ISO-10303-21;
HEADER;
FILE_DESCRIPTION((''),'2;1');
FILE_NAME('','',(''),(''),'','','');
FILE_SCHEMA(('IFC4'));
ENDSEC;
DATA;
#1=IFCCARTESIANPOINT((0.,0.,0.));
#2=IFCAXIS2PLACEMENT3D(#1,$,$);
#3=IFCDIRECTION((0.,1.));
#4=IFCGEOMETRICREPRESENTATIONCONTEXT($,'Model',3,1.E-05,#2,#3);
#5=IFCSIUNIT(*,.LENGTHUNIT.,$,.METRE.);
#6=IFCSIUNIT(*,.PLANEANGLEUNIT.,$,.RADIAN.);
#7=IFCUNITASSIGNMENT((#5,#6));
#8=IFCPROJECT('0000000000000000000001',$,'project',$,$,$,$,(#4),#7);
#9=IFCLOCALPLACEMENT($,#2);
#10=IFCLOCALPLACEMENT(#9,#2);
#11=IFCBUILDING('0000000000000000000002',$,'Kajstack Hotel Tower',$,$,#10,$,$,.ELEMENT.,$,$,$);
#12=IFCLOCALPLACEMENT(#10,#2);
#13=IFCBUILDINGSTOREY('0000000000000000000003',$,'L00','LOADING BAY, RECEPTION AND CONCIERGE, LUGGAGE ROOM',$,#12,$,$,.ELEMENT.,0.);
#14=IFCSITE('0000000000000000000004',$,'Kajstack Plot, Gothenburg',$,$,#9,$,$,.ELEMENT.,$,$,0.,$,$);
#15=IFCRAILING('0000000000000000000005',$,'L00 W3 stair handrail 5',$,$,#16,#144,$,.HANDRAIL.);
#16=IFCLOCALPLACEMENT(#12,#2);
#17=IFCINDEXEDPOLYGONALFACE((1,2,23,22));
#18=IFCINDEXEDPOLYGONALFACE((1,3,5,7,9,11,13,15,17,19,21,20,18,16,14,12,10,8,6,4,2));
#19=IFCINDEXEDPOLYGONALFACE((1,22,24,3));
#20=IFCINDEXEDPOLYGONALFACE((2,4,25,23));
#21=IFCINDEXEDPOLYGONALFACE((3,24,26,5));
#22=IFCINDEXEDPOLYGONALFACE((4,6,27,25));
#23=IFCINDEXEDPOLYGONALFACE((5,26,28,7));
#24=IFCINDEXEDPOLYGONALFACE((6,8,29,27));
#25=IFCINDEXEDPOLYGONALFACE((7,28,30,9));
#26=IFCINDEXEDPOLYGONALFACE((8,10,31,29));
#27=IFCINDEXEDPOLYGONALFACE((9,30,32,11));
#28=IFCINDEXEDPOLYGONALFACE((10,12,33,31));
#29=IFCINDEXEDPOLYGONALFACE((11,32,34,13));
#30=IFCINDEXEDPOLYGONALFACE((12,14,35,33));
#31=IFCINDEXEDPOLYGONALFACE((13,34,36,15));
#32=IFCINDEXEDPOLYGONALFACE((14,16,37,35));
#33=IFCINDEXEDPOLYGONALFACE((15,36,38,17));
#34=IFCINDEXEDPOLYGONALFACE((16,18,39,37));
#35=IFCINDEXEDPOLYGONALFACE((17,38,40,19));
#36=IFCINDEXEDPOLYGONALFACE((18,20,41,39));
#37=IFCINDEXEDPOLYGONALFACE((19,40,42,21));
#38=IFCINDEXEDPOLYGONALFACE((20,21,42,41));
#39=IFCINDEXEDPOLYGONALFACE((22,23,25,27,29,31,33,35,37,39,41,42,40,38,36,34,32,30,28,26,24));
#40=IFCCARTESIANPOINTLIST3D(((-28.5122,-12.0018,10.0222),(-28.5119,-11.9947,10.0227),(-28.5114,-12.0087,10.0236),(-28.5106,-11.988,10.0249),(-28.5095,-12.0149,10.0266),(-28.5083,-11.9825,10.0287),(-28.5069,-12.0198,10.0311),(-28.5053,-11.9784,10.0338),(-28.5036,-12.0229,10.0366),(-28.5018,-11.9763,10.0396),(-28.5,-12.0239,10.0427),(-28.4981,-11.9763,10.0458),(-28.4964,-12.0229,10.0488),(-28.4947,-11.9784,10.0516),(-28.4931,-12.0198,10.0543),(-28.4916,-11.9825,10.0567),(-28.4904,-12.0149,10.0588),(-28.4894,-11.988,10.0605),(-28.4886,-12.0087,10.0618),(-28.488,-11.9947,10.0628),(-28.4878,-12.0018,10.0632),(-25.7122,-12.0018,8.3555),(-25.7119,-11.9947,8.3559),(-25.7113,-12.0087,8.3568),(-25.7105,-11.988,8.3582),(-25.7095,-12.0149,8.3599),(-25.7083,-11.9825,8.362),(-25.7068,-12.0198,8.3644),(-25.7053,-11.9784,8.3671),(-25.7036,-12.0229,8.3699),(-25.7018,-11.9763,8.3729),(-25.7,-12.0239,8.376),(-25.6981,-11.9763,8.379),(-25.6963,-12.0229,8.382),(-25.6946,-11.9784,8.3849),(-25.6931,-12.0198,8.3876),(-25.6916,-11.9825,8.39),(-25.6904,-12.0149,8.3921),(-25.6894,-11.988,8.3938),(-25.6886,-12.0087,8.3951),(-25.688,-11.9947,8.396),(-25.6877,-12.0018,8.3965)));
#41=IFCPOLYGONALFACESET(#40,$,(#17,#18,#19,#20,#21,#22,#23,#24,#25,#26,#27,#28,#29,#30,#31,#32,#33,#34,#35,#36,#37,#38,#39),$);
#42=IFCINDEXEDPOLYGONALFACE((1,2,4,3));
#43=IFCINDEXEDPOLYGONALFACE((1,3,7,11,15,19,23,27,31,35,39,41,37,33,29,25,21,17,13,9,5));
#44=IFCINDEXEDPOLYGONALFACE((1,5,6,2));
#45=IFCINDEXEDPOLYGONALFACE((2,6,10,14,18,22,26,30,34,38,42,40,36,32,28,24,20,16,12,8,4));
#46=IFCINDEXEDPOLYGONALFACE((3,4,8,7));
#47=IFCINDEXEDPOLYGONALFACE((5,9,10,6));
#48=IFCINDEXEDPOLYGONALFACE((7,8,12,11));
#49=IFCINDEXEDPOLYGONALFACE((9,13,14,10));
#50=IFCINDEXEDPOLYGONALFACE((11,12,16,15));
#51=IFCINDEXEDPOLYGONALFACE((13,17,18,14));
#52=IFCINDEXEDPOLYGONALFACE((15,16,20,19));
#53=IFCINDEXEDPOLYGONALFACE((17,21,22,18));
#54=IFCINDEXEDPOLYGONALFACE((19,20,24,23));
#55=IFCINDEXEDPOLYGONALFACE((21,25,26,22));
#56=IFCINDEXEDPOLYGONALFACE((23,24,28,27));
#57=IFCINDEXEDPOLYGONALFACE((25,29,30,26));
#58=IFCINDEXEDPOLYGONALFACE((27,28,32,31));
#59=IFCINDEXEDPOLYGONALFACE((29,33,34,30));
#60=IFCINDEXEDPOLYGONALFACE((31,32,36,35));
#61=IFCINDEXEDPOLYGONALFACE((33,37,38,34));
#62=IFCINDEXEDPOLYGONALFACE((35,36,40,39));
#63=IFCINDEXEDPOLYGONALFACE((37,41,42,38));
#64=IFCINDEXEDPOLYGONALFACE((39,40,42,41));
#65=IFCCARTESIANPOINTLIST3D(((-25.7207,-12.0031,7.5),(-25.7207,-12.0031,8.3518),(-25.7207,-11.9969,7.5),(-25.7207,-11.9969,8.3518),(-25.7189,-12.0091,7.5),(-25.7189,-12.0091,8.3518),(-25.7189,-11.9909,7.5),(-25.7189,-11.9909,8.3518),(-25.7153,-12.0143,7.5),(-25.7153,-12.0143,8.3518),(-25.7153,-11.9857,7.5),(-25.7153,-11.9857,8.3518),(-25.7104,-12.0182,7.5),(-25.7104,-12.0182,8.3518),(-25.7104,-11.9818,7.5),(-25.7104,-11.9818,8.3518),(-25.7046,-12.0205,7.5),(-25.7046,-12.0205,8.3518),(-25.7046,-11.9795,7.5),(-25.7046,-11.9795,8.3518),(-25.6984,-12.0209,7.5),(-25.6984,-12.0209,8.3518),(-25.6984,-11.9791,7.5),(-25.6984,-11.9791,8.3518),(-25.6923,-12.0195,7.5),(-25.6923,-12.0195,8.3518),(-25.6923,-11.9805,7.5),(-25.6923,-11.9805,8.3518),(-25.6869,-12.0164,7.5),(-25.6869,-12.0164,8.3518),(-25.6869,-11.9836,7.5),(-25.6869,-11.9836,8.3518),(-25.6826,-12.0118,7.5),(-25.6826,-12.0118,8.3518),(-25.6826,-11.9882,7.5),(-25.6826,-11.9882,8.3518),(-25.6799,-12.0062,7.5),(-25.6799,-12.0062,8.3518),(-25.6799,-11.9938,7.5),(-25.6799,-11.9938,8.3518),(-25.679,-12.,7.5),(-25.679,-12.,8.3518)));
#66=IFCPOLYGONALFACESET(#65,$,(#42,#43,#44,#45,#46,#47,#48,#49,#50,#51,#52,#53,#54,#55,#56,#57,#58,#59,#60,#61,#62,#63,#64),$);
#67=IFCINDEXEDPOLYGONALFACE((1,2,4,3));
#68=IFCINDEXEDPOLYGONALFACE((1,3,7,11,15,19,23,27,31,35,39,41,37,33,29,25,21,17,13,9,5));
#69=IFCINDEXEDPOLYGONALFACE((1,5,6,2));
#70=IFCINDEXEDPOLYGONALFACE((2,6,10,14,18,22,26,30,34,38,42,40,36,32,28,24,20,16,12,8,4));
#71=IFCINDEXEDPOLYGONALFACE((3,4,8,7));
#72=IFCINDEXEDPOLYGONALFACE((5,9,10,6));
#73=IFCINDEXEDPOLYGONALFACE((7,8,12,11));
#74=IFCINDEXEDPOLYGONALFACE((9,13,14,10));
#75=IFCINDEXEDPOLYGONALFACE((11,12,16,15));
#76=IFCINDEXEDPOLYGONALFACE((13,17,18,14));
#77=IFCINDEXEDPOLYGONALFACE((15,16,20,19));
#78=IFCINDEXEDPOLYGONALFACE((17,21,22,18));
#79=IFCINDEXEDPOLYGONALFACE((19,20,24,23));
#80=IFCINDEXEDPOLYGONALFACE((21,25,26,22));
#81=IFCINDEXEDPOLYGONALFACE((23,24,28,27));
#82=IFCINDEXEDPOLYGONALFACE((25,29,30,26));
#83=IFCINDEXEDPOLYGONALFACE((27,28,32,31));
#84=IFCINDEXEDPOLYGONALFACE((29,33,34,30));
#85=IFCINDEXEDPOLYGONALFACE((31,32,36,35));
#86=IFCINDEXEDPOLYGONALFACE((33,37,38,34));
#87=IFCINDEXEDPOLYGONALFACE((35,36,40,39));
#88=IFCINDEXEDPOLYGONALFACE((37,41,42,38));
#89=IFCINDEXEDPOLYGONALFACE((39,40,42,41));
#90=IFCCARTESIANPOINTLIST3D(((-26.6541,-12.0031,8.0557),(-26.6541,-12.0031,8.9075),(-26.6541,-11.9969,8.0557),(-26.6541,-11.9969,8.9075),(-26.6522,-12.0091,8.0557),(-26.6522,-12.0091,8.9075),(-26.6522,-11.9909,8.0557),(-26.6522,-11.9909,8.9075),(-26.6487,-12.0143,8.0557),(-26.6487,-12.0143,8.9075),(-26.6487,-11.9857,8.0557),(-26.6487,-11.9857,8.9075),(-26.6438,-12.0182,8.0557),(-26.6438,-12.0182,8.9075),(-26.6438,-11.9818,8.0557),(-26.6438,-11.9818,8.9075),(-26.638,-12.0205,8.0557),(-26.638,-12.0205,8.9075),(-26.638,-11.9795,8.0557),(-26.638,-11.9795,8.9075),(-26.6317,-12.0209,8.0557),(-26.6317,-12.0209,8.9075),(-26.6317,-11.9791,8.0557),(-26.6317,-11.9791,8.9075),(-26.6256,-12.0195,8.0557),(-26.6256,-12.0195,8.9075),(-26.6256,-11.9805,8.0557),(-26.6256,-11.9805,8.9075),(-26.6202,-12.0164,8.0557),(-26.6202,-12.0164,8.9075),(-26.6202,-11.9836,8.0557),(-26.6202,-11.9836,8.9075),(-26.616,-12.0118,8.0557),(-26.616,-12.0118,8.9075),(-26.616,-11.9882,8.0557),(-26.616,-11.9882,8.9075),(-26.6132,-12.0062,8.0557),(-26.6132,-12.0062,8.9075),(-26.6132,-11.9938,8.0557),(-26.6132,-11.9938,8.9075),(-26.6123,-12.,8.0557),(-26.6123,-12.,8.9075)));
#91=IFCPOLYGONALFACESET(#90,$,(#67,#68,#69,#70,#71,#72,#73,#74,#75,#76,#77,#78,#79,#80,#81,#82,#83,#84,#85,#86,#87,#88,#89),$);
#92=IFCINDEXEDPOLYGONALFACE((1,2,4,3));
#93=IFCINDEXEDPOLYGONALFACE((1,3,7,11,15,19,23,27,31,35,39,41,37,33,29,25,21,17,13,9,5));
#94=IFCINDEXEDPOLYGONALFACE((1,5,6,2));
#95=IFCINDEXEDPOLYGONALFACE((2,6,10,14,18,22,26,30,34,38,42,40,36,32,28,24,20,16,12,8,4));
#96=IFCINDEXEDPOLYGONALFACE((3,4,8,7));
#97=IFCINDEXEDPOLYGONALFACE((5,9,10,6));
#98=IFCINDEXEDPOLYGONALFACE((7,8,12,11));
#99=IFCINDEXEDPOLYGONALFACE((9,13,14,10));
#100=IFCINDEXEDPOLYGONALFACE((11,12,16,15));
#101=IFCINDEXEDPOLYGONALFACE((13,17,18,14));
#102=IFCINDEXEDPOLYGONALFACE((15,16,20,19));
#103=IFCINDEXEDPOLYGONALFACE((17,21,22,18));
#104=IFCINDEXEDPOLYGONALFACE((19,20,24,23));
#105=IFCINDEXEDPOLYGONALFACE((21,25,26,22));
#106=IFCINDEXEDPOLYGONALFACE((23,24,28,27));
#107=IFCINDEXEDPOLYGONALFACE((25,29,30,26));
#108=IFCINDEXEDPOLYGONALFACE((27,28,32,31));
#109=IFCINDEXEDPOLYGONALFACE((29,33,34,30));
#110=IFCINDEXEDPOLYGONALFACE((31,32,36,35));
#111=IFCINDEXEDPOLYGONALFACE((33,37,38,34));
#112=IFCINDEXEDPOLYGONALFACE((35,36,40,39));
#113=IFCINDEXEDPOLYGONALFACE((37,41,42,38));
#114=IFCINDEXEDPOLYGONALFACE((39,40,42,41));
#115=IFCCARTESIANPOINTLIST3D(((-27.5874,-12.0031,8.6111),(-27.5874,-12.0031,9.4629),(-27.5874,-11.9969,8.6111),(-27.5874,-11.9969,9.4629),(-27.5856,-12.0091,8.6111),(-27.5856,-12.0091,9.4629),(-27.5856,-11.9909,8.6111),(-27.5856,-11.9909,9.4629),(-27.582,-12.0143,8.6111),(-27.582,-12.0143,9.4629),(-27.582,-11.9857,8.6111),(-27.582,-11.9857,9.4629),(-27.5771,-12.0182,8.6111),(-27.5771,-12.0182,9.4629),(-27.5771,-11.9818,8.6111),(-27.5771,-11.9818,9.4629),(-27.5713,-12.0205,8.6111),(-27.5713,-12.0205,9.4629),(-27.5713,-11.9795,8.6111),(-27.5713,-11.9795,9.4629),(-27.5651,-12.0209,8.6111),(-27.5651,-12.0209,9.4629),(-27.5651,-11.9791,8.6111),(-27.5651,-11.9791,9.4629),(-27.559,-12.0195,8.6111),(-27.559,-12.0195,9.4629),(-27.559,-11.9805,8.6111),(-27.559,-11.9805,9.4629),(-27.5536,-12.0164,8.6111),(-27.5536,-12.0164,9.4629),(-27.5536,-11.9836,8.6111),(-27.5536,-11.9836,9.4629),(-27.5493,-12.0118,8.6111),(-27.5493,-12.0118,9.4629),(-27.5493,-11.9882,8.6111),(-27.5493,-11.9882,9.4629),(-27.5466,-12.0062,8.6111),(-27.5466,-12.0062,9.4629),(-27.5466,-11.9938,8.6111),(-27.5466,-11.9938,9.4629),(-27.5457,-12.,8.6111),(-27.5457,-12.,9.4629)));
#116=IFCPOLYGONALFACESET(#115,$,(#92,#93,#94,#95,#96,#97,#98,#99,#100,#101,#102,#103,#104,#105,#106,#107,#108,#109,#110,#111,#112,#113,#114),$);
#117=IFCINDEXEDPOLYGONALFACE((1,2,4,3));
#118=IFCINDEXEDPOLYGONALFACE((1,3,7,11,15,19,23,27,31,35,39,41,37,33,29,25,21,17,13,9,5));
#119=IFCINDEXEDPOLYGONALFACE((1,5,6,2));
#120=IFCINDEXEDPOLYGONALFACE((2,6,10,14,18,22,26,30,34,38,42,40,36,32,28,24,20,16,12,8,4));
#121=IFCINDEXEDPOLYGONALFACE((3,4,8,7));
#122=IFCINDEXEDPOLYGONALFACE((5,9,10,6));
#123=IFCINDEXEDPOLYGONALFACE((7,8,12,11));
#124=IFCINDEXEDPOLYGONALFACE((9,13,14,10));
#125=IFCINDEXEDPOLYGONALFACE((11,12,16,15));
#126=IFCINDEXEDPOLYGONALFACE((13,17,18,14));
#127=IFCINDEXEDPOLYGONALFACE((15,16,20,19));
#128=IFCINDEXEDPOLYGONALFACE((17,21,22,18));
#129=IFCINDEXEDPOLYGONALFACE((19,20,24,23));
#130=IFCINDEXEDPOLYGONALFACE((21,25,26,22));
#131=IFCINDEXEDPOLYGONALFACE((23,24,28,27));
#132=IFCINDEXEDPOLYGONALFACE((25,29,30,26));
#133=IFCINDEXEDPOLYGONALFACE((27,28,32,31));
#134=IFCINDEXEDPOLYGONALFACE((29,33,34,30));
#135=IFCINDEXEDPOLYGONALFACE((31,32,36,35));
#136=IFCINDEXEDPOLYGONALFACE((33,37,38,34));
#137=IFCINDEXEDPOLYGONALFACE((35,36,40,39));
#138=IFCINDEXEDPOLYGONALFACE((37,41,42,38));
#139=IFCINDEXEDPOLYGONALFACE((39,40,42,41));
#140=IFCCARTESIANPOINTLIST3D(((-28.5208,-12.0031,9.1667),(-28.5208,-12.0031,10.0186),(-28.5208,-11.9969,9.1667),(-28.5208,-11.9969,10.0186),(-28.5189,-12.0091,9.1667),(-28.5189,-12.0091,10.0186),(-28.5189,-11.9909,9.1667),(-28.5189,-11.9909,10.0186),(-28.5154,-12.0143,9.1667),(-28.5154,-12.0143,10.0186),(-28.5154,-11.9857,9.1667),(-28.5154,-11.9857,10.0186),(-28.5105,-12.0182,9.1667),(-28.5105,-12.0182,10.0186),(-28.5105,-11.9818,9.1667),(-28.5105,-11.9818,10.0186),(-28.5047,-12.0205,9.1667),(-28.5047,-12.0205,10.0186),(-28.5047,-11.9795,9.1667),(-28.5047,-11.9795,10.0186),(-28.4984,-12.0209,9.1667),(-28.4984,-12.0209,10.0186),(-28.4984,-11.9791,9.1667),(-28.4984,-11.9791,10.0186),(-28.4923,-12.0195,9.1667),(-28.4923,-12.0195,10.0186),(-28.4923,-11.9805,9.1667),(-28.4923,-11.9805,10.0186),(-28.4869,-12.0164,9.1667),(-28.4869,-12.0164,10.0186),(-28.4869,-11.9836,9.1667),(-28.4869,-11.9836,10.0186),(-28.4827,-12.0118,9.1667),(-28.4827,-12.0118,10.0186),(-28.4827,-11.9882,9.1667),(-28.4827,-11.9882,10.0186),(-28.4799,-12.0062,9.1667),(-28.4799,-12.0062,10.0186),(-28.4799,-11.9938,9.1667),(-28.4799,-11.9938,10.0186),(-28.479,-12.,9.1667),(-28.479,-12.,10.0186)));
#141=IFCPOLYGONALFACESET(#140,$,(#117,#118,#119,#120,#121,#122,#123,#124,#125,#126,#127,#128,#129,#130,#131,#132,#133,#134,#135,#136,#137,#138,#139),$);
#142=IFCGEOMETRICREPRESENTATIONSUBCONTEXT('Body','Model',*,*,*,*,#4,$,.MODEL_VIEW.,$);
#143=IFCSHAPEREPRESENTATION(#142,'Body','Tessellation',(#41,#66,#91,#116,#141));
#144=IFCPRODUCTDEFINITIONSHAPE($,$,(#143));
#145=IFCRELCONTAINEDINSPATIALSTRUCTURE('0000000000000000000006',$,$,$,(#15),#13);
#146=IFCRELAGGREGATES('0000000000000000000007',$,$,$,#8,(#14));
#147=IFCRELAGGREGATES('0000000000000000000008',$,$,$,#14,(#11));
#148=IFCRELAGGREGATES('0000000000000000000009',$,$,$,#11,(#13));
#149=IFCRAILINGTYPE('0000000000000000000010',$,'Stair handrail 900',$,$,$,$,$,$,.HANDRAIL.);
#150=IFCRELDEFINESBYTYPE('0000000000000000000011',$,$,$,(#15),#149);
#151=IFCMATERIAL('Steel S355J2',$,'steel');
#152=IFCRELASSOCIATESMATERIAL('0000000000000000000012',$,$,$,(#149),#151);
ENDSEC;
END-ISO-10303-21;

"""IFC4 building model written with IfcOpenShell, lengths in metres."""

from ifc_helpers import new_model, si_unit, direction, frame, origin, origin_2d, place, context, subcontext, project, spatial, circle, extrude, material, type_object, element, save


model = new_model("IFC4")

# Units and contexts
model_context = context("Model", 3, precision=1e-05, world=origin(), true_north=direction((0.0, 1.0)))
body_context = subcontext(model_context, "Body", "Model", "MODEL_VIEW")
ifc_project = project(units=[si_unit("LENGTHUNIT", "METRE"), si_unit("PLANEANGLEUNIT", "RADIAN")], contexts=[model_context])

# Site, building, storey
site_placement = place(None, origin())
site = spatial("IfcSite", under=ifc_project, at=site_placement, Name="Kajstack Plot, Gothenburg", CompositionType="ELEMENT", RefElevation=0.0)
building_placement = place(site_placement, origin())
building = spatial("IfcBuilding", under=site, at=building_placement, Name="Kajstack Hotel Tower", CompositionType="ELEMENT")
storey_placement = place(building_placement, origin())
storey = spatial("IfcBuildingStorey", under=building, at=storey_placement, Name="L00", Description="LOADING BAY, RECEPTION AND CONCIERGE, LUGGAGE ROOM", CompositionType="ELEMENT", Elevation=0.0)

# Railing
ifc_material_1 = material(Name="Steel S355J2", Category="steel")
railing_type_1 = type_object("IfcRailingType", Name="Stair handrail 900", PredefinedType="HANDRAIL", material=ifc_material_1)
railing_1_placement = place(storey_placement, frame((-25.7, -12.0, 7.5)))
element("IfcRailing", 1, at=railing_1_placement, inside=storey, type_object=railing_type_1, Name="L00 W3 stair handrail 5", PredefinedType="HANDRAIL", context=body_context, shape_type="SweptSolid", body=[
    extrude(circle(Radius=0.0239, at=origin_2d()), frame((0.0, 0.0, 0.876), z_axis=(-0.859286, 0.0, 0.511496), x_axis=(0.0, -1.0, 0.0)), (0.0, 0.0, 1.0), 3.2585),
    extrude(circle(Radius=0.021, at=origin_2d()), origin(), (0.0, 0.0, 1.0), 0.8518),
    extrude(circle(Radius=0.021, at=origin_2d()), frame((-0.9333, 0.0, 0.5557)), (0.0, 0.0, 1.0), 0.8518),
    extrude(circle(Radius=0.021, at=origin_2d()), frame((-1.8667, 0.0, 1.1111)), (0.0, 0.0, 1.0), 0.8518),
    extrude(circle(Radius=0.021, at=origin_2d()), frame((-2.8, 0.0, 1.6667)), (0.0, 0.0, 1.0), 0.8518),
])

save(model, "model.ifc")
